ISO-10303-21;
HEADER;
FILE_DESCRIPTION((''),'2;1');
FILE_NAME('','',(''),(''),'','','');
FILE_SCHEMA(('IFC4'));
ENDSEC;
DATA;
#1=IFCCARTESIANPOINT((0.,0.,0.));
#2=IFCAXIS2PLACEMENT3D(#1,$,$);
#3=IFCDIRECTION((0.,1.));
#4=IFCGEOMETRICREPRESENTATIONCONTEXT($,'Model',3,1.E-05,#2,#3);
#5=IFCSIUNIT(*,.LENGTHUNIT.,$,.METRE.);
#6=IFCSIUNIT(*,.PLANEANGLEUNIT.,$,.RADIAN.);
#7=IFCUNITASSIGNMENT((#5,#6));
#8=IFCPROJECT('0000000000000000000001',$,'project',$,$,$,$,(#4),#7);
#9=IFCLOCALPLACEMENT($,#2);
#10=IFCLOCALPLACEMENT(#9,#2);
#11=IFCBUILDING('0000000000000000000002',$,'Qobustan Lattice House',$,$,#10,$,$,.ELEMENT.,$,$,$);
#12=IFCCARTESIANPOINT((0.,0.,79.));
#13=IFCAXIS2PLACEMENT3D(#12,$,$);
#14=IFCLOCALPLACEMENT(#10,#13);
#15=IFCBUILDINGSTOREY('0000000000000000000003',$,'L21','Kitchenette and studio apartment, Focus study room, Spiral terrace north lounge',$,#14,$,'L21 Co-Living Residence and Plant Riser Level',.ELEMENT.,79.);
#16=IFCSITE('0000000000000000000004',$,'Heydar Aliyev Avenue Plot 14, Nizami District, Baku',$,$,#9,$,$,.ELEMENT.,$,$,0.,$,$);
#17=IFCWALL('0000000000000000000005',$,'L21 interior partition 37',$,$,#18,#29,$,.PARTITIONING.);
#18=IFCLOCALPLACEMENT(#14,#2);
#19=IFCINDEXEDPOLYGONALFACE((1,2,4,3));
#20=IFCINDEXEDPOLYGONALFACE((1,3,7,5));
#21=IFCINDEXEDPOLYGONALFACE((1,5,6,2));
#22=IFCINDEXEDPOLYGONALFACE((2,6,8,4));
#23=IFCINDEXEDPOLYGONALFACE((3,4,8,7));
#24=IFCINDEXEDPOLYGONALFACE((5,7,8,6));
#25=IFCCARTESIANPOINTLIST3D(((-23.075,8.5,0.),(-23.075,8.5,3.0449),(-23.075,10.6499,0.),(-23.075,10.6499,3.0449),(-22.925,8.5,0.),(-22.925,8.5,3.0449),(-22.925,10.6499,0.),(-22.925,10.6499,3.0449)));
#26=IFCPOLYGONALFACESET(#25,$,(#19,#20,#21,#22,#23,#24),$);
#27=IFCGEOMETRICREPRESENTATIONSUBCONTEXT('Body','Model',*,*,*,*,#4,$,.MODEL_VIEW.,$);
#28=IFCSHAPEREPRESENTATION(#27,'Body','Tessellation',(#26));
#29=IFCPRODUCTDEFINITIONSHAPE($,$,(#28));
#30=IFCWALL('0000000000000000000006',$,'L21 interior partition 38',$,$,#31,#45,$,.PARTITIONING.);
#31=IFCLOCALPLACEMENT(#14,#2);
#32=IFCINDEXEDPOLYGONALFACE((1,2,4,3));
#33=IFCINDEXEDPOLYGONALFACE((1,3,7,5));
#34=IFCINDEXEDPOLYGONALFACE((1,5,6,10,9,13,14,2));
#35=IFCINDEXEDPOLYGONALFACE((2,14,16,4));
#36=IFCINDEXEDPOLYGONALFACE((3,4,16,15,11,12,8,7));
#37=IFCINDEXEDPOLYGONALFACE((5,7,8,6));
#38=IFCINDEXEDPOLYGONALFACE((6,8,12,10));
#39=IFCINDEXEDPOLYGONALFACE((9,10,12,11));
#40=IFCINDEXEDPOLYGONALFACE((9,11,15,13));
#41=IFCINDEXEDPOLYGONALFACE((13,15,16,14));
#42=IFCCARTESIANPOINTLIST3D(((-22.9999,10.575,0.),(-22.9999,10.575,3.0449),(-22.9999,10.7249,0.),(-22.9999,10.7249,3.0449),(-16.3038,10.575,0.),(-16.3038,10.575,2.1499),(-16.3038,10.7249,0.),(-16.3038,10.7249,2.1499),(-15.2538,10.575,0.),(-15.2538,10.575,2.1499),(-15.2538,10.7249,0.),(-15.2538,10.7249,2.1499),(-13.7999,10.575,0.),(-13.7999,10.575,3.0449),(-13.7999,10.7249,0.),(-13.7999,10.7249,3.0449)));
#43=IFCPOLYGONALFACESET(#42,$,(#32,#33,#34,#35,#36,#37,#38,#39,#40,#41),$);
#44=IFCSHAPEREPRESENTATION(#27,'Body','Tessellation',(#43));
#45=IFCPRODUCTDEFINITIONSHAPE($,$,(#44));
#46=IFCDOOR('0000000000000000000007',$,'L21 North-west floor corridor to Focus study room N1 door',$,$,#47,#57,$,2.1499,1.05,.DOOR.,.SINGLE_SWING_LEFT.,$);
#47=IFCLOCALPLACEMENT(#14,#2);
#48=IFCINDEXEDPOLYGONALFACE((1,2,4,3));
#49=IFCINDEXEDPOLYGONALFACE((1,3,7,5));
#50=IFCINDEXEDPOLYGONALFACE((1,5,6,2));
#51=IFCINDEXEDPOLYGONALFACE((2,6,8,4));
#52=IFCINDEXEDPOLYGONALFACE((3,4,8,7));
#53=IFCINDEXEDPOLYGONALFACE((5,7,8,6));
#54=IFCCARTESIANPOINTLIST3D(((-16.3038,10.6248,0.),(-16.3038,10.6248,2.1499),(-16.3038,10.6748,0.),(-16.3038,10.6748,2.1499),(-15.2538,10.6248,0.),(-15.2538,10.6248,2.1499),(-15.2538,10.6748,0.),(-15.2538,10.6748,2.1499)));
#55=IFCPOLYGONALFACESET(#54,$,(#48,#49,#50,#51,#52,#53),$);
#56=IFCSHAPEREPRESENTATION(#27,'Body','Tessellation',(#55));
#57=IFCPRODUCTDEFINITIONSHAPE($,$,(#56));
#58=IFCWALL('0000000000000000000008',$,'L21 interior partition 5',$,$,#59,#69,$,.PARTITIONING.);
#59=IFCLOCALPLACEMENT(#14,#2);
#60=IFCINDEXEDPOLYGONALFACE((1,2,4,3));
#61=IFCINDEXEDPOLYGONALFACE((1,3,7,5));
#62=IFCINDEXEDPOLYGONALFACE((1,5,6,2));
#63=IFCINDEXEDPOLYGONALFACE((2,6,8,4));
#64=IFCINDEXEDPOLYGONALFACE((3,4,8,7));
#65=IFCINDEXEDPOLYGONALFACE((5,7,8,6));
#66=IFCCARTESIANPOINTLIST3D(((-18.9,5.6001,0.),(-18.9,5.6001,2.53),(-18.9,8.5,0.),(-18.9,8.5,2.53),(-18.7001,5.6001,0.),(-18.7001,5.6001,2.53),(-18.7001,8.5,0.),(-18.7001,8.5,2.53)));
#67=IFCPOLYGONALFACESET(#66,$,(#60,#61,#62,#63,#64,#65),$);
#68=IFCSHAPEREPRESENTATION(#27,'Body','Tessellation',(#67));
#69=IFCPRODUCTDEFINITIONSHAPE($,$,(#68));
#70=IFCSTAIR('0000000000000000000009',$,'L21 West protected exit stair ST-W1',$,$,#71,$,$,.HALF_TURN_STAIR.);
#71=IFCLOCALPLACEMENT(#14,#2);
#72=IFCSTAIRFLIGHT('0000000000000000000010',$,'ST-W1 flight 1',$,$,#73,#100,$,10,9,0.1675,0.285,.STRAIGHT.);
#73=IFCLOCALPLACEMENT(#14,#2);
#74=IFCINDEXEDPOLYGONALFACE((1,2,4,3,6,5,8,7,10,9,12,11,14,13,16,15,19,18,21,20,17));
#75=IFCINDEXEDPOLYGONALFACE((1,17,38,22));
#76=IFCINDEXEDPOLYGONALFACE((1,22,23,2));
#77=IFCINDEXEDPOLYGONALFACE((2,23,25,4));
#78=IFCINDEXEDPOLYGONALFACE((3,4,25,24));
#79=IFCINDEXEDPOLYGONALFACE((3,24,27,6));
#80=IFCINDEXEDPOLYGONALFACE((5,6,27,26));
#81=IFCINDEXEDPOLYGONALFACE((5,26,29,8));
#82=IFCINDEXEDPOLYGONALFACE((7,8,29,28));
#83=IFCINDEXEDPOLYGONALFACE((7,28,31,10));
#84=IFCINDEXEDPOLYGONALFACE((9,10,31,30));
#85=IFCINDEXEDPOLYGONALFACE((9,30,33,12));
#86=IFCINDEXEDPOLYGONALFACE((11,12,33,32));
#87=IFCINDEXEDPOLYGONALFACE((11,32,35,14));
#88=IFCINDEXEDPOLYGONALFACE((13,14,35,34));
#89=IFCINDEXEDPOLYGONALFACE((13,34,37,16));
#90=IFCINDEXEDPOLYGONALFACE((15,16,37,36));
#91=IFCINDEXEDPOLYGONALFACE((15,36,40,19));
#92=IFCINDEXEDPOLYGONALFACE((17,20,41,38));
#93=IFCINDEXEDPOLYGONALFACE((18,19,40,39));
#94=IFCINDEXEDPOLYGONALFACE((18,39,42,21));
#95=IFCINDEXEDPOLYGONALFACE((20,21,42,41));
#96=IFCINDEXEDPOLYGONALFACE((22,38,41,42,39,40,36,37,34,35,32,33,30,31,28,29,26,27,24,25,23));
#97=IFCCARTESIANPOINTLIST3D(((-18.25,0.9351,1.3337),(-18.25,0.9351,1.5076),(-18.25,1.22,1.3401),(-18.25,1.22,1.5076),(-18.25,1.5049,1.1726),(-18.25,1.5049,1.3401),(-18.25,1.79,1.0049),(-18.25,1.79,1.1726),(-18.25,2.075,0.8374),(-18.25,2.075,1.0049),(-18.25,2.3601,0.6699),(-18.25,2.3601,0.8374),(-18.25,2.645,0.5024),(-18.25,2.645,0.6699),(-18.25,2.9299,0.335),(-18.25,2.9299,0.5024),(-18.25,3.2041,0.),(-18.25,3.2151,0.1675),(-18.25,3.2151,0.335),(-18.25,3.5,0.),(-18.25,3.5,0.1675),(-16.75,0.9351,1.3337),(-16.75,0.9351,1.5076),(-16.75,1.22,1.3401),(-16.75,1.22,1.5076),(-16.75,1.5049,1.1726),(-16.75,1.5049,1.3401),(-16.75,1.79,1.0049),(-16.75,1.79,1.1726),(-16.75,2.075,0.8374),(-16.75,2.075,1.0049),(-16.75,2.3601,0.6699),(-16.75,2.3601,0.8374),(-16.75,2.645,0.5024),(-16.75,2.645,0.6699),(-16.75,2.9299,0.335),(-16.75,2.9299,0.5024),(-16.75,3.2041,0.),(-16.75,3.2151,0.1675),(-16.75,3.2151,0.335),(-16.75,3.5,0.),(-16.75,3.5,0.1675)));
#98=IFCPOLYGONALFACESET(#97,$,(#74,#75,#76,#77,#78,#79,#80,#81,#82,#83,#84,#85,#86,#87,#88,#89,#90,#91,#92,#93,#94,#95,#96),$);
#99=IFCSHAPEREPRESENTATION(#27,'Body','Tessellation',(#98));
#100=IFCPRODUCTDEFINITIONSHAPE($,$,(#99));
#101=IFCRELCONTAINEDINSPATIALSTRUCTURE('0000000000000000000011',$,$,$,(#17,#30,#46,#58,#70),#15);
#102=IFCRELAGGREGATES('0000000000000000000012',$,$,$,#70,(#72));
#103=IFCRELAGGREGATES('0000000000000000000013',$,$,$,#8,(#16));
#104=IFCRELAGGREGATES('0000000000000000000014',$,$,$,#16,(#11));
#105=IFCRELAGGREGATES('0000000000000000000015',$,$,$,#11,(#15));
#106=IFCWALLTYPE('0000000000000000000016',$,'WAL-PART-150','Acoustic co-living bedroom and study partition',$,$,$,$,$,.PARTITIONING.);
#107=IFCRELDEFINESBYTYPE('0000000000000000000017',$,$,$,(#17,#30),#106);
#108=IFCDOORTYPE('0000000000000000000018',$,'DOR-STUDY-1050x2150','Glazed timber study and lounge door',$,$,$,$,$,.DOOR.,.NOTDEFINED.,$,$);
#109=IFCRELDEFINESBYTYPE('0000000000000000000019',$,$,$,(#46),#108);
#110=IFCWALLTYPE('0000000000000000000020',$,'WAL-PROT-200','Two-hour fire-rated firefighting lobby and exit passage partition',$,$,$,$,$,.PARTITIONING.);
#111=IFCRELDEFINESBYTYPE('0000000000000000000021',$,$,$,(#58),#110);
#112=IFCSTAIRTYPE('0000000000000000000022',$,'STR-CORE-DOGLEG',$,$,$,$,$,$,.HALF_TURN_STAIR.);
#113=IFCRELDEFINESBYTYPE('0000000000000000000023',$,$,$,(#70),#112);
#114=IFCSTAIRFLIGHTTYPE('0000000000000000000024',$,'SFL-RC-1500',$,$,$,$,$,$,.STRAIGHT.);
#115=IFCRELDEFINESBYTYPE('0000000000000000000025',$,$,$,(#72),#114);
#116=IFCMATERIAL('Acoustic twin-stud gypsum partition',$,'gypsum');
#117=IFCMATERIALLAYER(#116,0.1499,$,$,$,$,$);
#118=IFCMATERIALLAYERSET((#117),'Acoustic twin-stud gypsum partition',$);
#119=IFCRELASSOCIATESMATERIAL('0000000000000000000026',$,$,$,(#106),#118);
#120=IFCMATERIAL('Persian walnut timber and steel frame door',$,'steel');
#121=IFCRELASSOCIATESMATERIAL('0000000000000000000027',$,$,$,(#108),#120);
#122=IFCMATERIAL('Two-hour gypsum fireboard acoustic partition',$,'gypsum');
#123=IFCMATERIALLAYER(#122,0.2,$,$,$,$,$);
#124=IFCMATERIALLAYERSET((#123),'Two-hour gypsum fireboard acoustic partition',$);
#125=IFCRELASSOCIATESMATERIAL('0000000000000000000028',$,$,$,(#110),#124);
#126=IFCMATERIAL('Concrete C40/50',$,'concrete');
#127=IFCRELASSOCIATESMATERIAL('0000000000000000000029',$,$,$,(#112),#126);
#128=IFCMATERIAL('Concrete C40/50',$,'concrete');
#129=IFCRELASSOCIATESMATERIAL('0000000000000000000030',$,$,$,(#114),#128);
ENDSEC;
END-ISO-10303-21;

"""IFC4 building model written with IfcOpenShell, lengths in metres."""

from ifc_helpers import new_model, si_unit, direction, frame, frame_2d, origin, place, context, subcontext, project, spatial, polyline, rectangle, outline, extrude, material, layer, layer_set, type_object, element, fill, aggregate, save


model = new_model("IFC4")

# Units and contexts
model_context = context("Model", 3, precision=1e-05, world=origin(), true_north=direction((0.0, 1.0)))
body_context = subcontext(model_context, "Body", "Model", "MODEL_VIEW")
ifc_project = project(units=[si_unit("LENGTHUNIT", "METRE"), si_unit("PLANEANGLEUNIT", "RADIAN")], contexts=[model_context])

# Site, building, storey
site_placement = place(None, origin())
site = spatial("IfcSite", under=ifc_project, at=site_placement, Name="Heydar Aliyev Avenue Plot 14, Nizami District, Baku", CompositionType="ELEMENT", RefElevation=0.0)
building_placement = place(site_placement, origin())
building = spatial("IfcBuilding", under=site, at=building_placement, Name="Qobustan Lattice House", CompositionType="ELEMENT")
storey_placement = place(building_placement, frame((0.0, 0.0, 79.0)))
storey = spatial("IfcBuildingStorey", under=building, at=storey_placement, Name="L21", Description="Kitchenette and studio apartment, Focus study room, Spiral terrace north lounge", LongName="L21 Co-Living Residence and Plant Riser Level", CompositionType="ELEMENT", Elevation=79.0)

# Shared definitions
ifc_material_1 = material(Name="Acoustic twin-stud gypsum partition", Category="gypsum")
ifc_layer_1 = layer(ifc_material_1, 0.1499)
ifc_layer_set_1 = layer_set([ifc_layer_1], Name="Acoustic twin-stud gypsum partition")
wall_type_1 = type_object("IfcWallType", Name="WAL-PART-150", Description="Acoustic co-living bedroom and study partition", PredefinedType="PARTITIONING", material=ifc_layer_set_1)
ifc_material_2 = material(Name="Persian walnut timber and steel frame door", Category="steel")
door_type_1 = type_object("IfcDoorType", Name="DOR-STUDY-1050x2150", Description="Glazed timber study and lounge door", OperationType="NOTDEFINED", PredefinedType="DOOR", material=ifc_material_2)

# Wall
wall_1_placement = place(storey_placement, frame((-23.0, 8.5, 0.0), z_axis=(0.0, 0.0, 1.0), x_axis=(0.0, 1.0, 0.0)))
element("IfcWall", 1, at=wall_1_placement, inside=storey, type_object=wall_type_1, Name="L21 interior partition 37", PredefinedType="PARTITIONING", context=body_context, shape_type="SweptSolid", body=[
    extrude(rectangle(XDim=2.1499, YDim=0.1499, at=frame_2d((1.075, 0.0))), origin(), (0.0, 0.0, 1.0), 3.0449),
])

# Wall, opening, door
wall_2_placement = place(storey_placement, frame((-23.0, 10.6499, 0.0), z_axis=(0.0, 0.0, 1.0), x_axis=(1.0, 0.0, 0.0)))
wall_2 = element("IfcWall", 2, at=wall_2_placement, inside=storey, type_object=wall_type_1, Name="L21 interior partition 38", PredefinedType="PARTITIONING", context=body_context, shape_type="SweptSolid", body=[
    extrude(rectangle(XDim=9.2, YDim=0.1499, at=frame_2d((4.6001, 0.0))), origin(), (0.0, 0.0, 1.0), 3.0449),
])
opening_1_placement = place(wall_2_placement, frame((6.6963, 0.0, 0.0)))
opening_1 = element("IfcOpeningElement", 3, at=opening_1_placement, cuts=wall_2, PredefinedType="OPENING", context=body_context, shape_type="SweptSolid", body=[
    extrude(rectangle(XDim=1.05, YDim=2.1499, at=frame_2d((0.5249, 1.075))), frame((0.0, 0.085, 0.0), z_axis=(0.0, -1.0, 0.0), x_axis=(1.0, 0.0, 0.0)), (0.0, 0.0, 1.0), 0.1699),
])
door_1_placement = place(opening_1_placement, origin())
door_1 = element("IfcDoor", 4, at=door_1_placement, inside=storey, type_object=door_type_1, Name="L21 North-west floor corridor to Focus study room N1 door", OperationType="SINGLE_SWING_LEFT", OverallHeight=2.1499, OverallWidth=1.05, PredefinedType="DOOR", context=body_context, shape_type="SweptSolid", body=[
    extrude(rectangle(XDim=1.05, YDim=2.1499, at=frame_2d((0.5249, 1.075))), frame((0.0, 0.0249, 0.0), z_axis=(0.0, -1.0, 0.0), x_axis=(1.0, 0.0, 0.0)), (0.0, 0.0, 1.0), 0.05),
])
fill(opening_1, door_1)

# Wall
ifc_material_3 = material(Name="Two-hour gypsum fireboard acoustic partition", Category="gypsum")
ifc_layer_2 = layer(ifc_material_3, 0.2)
ifc_layer_set_2 = layer_set([ifc_layer_2], Name="Two-hour gypsum fireboard acoustic partition")
wall_type_2 = type_object("IfcWallType", Name="WAL-PROT-200", Description="Two-hour fire-rated firefighting lobby and exit passage partition", PredefinedType="PARTITIONING", material=ifc_layer_set_2)
wall_3_placement = place(storey_placement, frame((-18.8, 8.5, 0.0), z_axis=(0.0, 0.0, 1.0), x_axis=(0.0, -1.0, 0.0)))
element("IfcWall", 5, at=wall_3_placement, inside=storey, type_object=wall_type_2, Name="L21 interior partition 5", PredefinedType="PARTITIONING", context=body_context, shape_type="SweptSolid", body=[
    extrude(rectangle(XDim=2.8999, YDim=0.2, at=frame_2d((1.45, 0.0))), origin(), (0.0, 0.0, 1.0), 2.53),
])

# Stair, stair flight
ifc_material_4 = material(Name="Concrete C40/50", Category="concrete")
stair_type = type_object("IfcStairType", Name="STR-CORE-DOGLEG", PredefinedType="HALF_TURN_STAIR", material=ifc_material_4)
stair_placement = place(storey_placement, origin())
stair = element("IfcStair", 6, at=stair_placement, inside=storey, type_object=stair_type, Name="L21 West protected exit stair ST-W1", PredefinedType="HALF_TURN_STAIR")
ifc_material_5 = material(Name="Concrete C40/50", Category="concrete")
stair_flight_type = type_object("IfcStairFlightType", Name="SFL-RC-1500", PredefinedType="STRAIGHT", material=ifc_material_5)
stair_flight_placement = place(storey_placement, frame((-17.5, 3.5, 0.0), z_axis=(0.0, 0.0, 1.0), x_axis=(0.0, -1.0, 0.0)))
stair_flight = element("IfcStairFlight", 7, at=stair_flight_placement, type_object=stair_flight_type, Name="ST-W1 flight 1", NumberOfRisers=10, NumberOfTreads=9, PredefinedType="STRAIGHT", RiserHeight=0.1675, TreadLength=0.285, context=body_context, shape_type="SweptSolid", body=[
    extrude(outline(polyline([(0.0, 0.0), (0.0, 0.1675), (0.2849, 0.1675), (0.2849, 0.335), (0.5701, 0.335), (0.5701, 0.5024), (0.855, 0.5024), (0.855, 0.6699), (1.1399, 0.6699), (1.1399, 0.8374), (1.425, 0.8374), (1.425, 1.0049), (1.71, 1.0049), (1.71, 1.1726), (1.9951, 1.1726), (1.9951, 1.3401), (2.28, 1.3401), (2.28, 1.5076), (2.5649, 1.5076), (2.5649, 1.675), (2.5649, 1.3337), (0.2959, 0.0), (0.0, 0.0)])), frame((0.0, 0.75, 0.0), z_axis=(0.0, -1.0, 0.0), x_axis=(1.0, 0.0, 0.0)), (0.0, 0.0, 1.0), 1.5),
])
aggregate(stair, [stair_flight])

save(model, "model.ifc")
